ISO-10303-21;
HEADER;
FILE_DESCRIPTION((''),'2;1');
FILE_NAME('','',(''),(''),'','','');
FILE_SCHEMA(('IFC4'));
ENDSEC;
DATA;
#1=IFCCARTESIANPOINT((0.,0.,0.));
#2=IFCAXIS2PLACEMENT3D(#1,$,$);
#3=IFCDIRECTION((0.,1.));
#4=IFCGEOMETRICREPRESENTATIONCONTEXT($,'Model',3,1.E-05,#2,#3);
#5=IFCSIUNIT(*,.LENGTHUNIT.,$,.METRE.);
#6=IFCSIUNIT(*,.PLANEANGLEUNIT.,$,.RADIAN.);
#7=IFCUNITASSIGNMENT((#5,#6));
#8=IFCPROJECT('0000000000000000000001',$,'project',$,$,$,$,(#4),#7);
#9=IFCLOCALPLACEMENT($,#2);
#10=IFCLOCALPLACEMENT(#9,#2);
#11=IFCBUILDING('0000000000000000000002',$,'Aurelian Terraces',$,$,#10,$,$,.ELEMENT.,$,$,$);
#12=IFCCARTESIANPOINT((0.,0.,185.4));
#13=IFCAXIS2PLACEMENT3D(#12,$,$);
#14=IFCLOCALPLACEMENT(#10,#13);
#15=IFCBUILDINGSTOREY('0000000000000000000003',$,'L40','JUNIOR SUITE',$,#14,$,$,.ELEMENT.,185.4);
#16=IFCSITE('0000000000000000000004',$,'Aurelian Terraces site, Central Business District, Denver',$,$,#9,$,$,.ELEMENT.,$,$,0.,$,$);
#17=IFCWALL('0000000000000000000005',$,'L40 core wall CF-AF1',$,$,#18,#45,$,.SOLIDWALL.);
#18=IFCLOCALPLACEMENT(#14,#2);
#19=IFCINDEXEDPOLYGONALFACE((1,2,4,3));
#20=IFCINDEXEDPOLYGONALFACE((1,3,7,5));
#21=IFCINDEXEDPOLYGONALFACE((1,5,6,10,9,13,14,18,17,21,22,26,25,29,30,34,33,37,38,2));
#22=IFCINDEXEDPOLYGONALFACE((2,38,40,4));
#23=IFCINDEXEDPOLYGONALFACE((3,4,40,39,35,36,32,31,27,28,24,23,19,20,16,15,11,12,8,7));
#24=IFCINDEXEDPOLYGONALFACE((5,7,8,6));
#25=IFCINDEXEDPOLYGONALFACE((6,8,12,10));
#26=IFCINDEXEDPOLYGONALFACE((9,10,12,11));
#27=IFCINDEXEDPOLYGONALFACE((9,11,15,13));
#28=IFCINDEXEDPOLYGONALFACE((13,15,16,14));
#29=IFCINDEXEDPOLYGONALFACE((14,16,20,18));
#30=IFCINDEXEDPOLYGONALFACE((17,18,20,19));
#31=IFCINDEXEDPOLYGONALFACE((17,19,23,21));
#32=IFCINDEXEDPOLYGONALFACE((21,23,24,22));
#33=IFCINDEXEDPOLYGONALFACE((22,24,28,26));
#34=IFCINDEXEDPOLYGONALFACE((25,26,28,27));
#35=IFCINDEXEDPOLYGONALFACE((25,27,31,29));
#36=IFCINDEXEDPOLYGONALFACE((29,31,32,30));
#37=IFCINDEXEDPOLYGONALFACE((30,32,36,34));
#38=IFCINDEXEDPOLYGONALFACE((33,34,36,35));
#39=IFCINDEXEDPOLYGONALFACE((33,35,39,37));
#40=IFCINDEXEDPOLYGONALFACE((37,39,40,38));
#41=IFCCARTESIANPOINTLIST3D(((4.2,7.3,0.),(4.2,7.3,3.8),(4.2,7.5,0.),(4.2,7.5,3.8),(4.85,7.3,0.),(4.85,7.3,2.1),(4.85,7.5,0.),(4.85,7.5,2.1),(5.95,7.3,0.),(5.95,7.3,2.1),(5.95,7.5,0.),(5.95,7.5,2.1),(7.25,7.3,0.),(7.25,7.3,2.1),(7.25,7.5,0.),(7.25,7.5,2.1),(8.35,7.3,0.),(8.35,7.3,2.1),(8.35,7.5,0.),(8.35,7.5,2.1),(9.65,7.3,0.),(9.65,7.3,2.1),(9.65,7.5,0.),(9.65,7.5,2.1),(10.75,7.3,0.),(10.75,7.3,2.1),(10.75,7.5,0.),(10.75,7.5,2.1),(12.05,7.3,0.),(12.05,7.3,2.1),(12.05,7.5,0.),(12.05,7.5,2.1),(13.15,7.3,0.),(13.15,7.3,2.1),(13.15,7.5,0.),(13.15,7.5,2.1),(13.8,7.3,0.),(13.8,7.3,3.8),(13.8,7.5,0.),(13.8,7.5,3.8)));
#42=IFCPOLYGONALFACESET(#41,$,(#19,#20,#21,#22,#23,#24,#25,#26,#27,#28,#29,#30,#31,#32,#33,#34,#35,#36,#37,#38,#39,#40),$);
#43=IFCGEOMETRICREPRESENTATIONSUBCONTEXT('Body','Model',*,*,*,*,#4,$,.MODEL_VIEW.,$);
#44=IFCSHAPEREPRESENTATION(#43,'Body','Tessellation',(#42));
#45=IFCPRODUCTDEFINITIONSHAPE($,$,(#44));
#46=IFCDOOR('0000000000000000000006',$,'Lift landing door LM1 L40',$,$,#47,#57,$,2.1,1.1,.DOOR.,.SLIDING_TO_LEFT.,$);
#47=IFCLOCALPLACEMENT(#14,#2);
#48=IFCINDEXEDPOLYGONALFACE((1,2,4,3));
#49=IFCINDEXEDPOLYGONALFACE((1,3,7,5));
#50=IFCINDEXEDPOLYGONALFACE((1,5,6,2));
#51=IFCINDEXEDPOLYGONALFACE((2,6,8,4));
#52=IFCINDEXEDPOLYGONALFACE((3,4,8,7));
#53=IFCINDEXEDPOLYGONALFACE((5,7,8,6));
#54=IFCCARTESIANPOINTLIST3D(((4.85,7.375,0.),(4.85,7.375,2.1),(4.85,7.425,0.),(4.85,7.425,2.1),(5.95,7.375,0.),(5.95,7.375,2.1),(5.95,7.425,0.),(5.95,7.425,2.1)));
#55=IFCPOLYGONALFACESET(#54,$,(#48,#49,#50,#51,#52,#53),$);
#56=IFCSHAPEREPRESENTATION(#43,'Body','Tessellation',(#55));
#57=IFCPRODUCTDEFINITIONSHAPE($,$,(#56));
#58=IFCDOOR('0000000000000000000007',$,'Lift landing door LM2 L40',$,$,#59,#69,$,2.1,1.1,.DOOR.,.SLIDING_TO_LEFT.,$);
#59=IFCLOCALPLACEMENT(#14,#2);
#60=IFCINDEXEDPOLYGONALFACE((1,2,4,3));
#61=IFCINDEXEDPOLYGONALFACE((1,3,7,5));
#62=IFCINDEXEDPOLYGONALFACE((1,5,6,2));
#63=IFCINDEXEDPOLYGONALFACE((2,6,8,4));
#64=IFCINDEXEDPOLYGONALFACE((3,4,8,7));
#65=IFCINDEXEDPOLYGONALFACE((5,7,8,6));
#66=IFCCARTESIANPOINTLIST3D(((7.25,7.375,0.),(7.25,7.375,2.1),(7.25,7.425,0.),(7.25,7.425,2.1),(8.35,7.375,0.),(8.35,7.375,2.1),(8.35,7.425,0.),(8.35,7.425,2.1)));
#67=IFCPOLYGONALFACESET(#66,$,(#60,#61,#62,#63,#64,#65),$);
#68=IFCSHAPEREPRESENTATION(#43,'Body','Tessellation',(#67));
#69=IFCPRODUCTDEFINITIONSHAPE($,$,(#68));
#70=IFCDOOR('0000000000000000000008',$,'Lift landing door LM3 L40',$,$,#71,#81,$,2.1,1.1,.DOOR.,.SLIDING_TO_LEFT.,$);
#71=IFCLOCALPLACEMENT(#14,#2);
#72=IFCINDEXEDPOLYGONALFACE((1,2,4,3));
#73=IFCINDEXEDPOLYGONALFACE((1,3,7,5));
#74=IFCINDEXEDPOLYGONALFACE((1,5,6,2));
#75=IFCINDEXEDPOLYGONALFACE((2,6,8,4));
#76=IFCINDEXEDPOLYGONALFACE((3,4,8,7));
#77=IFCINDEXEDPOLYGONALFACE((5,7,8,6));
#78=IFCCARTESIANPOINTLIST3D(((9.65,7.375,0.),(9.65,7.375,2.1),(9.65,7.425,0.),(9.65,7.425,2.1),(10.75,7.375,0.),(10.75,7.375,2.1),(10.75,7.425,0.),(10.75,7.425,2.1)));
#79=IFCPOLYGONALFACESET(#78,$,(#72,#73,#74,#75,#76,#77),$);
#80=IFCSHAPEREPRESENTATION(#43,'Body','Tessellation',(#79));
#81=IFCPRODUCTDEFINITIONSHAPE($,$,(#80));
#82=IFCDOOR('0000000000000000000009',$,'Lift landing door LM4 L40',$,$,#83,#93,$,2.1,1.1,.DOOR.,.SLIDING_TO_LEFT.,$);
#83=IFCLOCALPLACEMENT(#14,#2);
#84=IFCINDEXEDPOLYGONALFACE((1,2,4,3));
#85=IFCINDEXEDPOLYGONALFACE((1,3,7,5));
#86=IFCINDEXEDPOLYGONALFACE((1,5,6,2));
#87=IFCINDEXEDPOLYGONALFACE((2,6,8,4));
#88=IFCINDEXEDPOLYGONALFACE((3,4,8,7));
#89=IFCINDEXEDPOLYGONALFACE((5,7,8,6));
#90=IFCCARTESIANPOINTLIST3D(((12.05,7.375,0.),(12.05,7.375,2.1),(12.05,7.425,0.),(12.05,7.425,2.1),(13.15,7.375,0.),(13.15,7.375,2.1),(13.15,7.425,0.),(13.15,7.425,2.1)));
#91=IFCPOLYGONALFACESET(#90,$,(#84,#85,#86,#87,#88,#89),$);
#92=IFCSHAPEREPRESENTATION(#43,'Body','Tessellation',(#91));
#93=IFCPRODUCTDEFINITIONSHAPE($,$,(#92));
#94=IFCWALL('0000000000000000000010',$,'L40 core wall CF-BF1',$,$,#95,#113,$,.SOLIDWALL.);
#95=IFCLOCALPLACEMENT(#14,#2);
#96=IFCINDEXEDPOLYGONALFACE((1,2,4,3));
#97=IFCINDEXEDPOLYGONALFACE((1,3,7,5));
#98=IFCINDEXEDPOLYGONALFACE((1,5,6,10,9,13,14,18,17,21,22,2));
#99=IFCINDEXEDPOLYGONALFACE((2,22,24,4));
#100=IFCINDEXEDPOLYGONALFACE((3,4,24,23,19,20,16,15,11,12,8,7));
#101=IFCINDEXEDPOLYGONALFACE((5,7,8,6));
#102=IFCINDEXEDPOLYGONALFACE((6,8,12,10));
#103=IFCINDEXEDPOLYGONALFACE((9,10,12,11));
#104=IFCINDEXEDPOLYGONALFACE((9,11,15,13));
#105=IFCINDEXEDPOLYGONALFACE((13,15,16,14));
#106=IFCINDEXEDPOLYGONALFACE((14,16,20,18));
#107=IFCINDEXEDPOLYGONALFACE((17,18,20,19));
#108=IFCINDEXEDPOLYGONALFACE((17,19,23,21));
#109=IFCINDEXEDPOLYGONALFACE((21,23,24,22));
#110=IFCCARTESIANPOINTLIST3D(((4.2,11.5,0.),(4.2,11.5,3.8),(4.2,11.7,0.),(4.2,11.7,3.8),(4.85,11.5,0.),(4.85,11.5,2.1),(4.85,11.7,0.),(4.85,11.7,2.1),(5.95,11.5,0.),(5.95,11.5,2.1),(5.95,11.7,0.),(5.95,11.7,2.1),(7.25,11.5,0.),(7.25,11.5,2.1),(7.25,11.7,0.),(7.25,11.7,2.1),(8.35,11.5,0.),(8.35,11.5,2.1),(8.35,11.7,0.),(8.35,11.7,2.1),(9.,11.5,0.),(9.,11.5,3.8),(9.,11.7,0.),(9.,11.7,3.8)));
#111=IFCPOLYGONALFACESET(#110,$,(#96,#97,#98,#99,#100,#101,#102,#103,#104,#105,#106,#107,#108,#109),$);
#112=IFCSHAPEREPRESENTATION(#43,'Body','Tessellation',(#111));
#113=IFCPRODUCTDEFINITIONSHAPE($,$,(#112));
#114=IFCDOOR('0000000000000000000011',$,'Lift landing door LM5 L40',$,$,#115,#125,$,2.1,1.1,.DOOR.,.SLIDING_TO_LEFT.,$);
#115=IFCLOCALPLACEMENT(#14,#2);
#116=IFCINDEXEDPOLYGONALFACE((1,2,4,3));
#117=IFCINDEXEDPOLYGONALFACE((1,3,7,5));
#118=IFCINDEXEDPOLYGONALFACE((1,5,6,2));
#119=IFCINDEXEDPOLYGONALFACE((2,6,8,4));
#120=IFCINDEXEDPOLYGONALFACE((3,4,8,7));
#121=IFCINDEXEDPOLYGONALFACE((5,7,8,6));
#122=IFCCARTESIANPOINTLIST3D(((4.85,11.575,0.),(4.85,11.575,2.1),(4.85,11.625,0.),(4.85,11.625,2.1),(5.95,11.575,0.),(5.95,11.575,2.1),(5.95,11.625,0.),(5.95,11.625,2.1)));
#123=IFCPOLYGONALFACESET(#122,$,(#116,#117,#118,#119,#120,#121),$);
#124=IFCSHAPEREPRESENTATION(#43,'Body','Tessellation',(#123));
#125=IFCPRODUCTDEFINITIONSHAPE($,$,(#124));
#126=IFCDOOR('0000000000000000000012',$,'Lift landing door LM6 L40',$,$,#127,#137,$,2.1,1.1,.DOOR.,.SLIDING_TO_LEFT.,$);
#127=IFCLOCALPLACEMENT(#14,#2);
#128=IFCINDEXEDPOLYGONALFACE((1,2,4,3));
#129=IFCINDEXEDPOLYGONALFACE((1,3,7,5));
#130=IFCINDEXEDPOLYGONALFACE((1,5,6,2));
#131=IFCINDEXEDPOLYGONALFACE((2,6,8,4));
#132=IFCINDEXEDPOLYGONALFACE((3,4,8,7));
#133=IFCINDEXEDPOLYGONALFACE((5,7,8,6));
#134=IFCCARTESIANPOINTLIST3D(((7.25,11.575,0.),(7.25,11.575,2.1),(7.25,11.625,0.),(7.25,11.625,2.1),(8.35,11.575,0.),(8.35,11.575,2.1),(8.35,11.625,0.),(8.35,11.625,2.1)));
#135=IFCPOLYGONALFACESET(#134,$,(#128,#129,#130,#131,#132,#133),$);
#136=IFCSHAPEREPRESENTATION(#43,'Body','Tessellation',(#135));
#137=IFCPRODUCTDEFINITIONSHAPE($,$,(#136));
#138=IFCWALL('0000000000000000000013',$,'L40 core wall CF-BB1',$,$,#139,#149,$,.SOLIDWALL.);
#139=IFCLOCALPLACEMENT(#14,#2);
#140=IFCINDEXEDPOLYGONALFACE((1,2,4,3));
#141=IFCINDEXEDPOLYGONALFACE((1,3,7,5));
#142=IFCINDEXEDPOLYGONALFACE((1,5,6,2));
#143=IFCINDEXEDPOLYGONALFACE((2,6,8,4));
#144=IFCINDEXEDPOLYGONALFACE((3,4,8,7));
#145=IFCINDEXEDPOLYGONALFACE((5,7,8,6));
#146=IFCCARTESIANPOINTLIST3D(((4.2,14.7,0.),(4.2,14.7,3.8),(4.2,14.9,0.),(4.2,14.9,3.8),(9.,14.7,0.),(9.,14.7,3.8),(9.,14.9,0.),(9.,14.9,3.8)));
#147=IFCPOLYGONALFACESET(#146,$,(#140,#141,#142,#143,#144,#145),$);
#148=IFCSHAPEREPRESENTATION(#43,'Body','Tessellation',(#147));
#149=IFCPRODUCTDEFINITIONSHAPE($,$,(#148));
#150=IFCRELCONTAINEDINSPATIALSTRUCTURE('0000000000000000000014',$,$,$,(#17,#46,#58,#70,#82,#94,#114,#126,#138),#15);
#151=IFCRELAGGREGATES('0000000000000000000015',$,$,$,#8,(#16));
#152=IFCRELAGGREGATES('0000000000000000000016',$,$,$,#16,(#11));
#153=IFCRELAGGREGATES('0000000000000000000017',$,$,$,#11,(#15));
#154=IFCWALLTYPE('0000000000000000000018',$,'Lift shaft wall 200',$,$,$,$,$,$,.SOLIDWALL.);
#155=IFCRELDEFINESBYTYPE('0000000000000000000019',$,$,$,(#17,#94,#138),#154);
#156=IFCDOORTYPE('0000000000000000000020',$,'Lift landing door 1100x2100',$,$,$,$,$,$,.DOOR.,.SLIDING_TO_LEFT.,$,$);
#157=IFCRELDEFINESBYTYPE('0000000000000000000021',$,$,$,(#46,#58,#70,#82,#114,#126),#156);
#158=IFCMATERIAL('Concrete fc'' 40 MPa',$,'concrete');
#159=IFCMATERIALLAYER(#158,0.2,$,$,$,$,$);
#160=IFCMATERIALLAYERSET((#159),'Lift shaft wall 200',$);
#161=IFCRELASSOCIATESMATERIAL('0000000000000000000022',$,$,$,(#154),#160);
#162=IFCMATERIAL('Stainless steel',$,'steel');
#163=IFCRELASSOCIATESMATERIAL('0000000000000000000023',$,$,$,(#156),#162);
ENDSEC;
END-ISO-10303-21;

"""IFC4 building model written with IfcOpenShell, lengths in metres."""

from ifc_helpers import new_model, si_unit, direction, frame, frame_2d, origin, place, context, subcontext, project, spatial, rectangle, extrude, source, transform, mapped, material, layer, layer_set, type_object, element, fill, save


model = new_model("IFC4")

# Units and contexts
model_context = context("Model", 3, precision=1e-05, world=origin(), true_north=direction((0.0, 1.0)))
body_context = subcontext(model_context, "Body", "Model", "MODEL_VIEW")
ifc_project = project(units=[si_unit("LENGTHUNIT", "METRE"), si_unit("PLANEANGLEUNIT", "RADIAN")], contexts=[model_context])

# Site, building, storey
site_placement = place(None, origin())
site = spatial("IfcSite", under=ifc_project, at=site_placement, Name="Aurelian Terraces site, Central Business District, Denver", CompositionType="ELEMENT", RefElevation=0.0)
building_placement = place(site_placement, origin())
building = spatial("IfcBuilding", under=site, at=building_placement, Name="Aurelian Terraces", CompositionType="ELEMENT")
storey_placement = place(building_placement, frame((0.0, 0.0, 185.4)))
storey = spatial("IfcBuildingStorey", under=building, at=storey_placement, Name="L40", Description="JUNIOR SUITE", CompositionType="ELEMENT", Elevation=185.4)

# Walls, openings, doors
ifc_material_1 = material(Name="Concrete fc' 40 MPa", Category="concrete")
ifc_layer_1 = layer(ifc_material_1, 0.2)
ifc_layer_set_1 = layer_set([ifc_layer_1], Name="Lift shaft wall 200")
wall_type_1 = type_object("IfcWallType", Name="Lift shaft wall 200", PredefinedType="SOLIDWALL", material=ifc_layer_set_1)
shared_shape_1 = source(origin(), body_context, "Body", "SweptSolid", [
    extrude(rectangle(XDim=9.6, YDim=0.2, at=frame_2d((4.8, 0.0))), origin(), (0.0, 0.0, 1.0), 3.8),
])
wall_1_placement = place(storey_placement, frame((4.2, 7.4, 0.0), z_axis=(0.0, 0.0, 1.0), x_axis=(1.0, 0.0, 0.0)))
wall_1 = element("IfcWall", 1, at=wall_1_placement, inside=storey, type_object=wall_type_1, Name="L40 core wall CF-AF1", PredefinedType="SOLIDWALL", context=body_context, shape_type="MappedRepresentation", body=[
    mapped(shared_shape_1, transform((0.0, 0.0, 0.0), scale=1.0)),
])
shared_shape_2 = source(origin(), body_context, "Body", "SweptSolid", [
    extrude(rectangle(XDim=1.1, YDim=2.1, at=frame_2d((0.55, 1.05))), frame((0.0, 0.11, 0.0), z_axis=(0.0, -1.0, 0.0), x_axis=(1.0, 0.0, 0.0)), (0.0, 0.0, 1.0), 0.22),
])
opening_1_placement = place(wall_1_placement, frame((0.65, 0.0, 0.0)))
opening_1 = element("IfcOpeningElement", 2, at=opening_1_placement, cuts=wall_1, PredefinedType="OPENING", context=body_context, shape_type="MappedRepresentation", body=[
    mapped(shared_shape_2, transform((0.0, 0.0, 0.0), scale=1.0)),
])
opening_2_placement = place(wall_1_placement, frame((3.05, 0.0, 0.0)))
opening_2 = element("IfcOpeningElement", 3, at=opening_2_placement, cuts=wall_1, PredefinedType="OPENING", context=body_context, shape_type="MappedRepresentation", body=[
    mapped(shared_shape_2, transform((0.0, 0.0, 0.0), scale=1.0)),
])
opening_3_placement = place(wall_1_placement, frame((5.45, 0.0, 0.0)))
opening_3 = element("IfcOpeningElement", 4, at=opening_3_placement, cuts=wall_1, PredefinedType="OPENING", context=body_context, shape_type="MappedRepresentation", body=[
    mapped(shared_shape_2, transform((0.0, 0.0, 0.0), scale=1.0)),
])
opening_4_placement = place(wall_1_placement, frame((7.85, 0.0, 0.0)))
opening_4 = element("IfcOpeningElement", 5, at=opening_4_placement, cuts=wall_1, PredefinedType="OPENING", context=body_context, shape_type="MappedRepresentation", body=[
    mapped(shared_shape_2, transform((0.0, 0.0, 0.0), scale=1.0)),
])
ifc_material_2 = material(Name="Stainless steel", Category="steel")
door_type_1 = type_object("IfcDoorType", Name="Lift landing door 1100x2100", OperationType="SLIDING_TO_LEFT", PredefinedType="DOOR", material=ifc_material_2)
shared_shape_3 = source(origin(), body_context, "Body", "SweptSolid", [
    extrude(rectangle(XDim=1.1, YDim=2.1, at=frame_2d((0.55, 1.05))), frame((0.0, 0.025, 0.0), z_axis=(0.0, -1.0, 0.0), x_axis=(1.0, 0.0, 0.0)), (0.0, 0.0, 1.0), 0.05),
])
door_1_placement = place(opening_1_placement, origin())
door_1 = element("IfcDoor", 6, at=door_1_placement, inside=storey, type_object=door_type_1, Name="Lift landing door LM1 L40", OperationType="SLIDING_TO_LEFT", OverallHeight=2.1, OverallWidth=1.1, PredefinedType="DOOR", context=body_context, shape_type="MappedRepresentation", body=[
    mapped(shared_shape_3, transform((0.0, 0.0, 0.0), scale=1.0)),
])
fill(opening_1, door_1)
door_2_placement = place(opening_2_placement, origin())
door_2 = element("IfcDoor", 7, at=door_2_placement, inside=storey, type_object=door_type_1, Name="Lift landing door LM2 L40", OperationType="SLIDING_TO_LEFT", OverallHeight=2.1, OverallWidth=1.1, PredefinedType="DOOR", context=body_context, shape_type="MappedRepresentation", body=[
    mapped(shared_shape_3, transform((0.0, 0.0, 0.0), scale=1.0)),
])
fill(opening_2, door_2)
door_3_placement = place(opening_3_placement, origin())
door_3 = element("IfcDoor", 8, at=door_3_placement, inside=storey, type_object=door_type_1, Name="Lift landing door LM3 L40", OperationType="SLIDING_TO_LEFT", OverallHeight=2.1, OverallWidth=1.1, PredefinedType="DOOR", context=body_context, shape_type="MappedRepresentation", body=[
    mapped(shared_shape_3, transform((0.0, 0.0, 0.0), scale=1.0)),
])
fill(opening_3, door_3)
door_4_placement = place(opening_4_placement, origin())
door_4 = element("IfcDoor", 9, at=door_4_placement, inside=storey, type_object=door_type_1, Name="Lift landing door LM4 L40", OperationType="SLIDING_TO_LEFT", OverallHeight=2.1, OverallWidth=1.1, PredefinedType="DOOR", context=body_context, shape_type="MappedRepresentation", body=[
    mapped(shared_shape_3, transform((0.0, 0.0, 0.0), scale=1.0)),
])
fill(opening_4, door_4)
shared_shape_4 = source(origin(), body_context, "Body", "SweptSolid", [
    extrude(rectangle(XDim=4.8, YDim=0.2, at=frame_2d((2.4, 0.0))), origin(), (0.0, 0.0, 1.0), 3.8),
])
wall_2_placement = place(storey_placement, frame((4.2, 11.6, 0.0), z_axis=(0.0, 0.0, 1.0), x_axis=(1.0, 0.0, 0.0)))
wall_2 = element("IfcWall", 10, at=wall_2_placement, inside=storey, type_object=wall_type_1, Name="L40 core wall CF-BF1", PredefinedType="SOLIDWALL", context=body_context, shape_type="MappedRepresentation", body=[
    mapped(shared_shape_4, transform((0.0, 0.0, 0.0), scale=1.0)),
])
opening_5_placement = place(wall_2_placement, frame((0.65, 0.0, 0.0)))
opening_5 = element("IfcOpeningElement", 11, at=opening_5_placement, cuts=wall_2, PredefinedType="OPENING", context=body_context, shape_type="MappedRepresentation", body=[
    mapped(shared_shape_2, transform((0.0, 0.0, 0.0), scale=1.0)),
])
opening_6_placement = place(wall_2_placement, frame((3.05, 0.0, 0.0)))
opening_6 = element("IfcOpeningElement", 12, at=opening_6_placement, cuts=wall_2, PredefinedType="OPENING", context=body_context, shape_type="MappedRepresentation", body=[
    mapped(shared_shape_2, transform((0.0, 0.0, 0.0), scale=1.0)),
])
door_5_placement = place(opening_5_placement, origin())
door_5 = element("IfcDoor", 13, at=door_5_placement, inside=storey, type_object=door_type_1, Name="Lift landing door LM5 L40", OperationType="SLIDING_TO_LEFT", OverallHeight=2.1, OverallWidth=1.1, PredefinedType="DOOR", context=body_context, shape_type="MappedRepresentation", body=[
    mapped(shared_shape_3, transform((0.0, 0.0, 0.0), scale=1.0)),
])
fill(opening_5, door_5)
door_6_placement = place(opening_6_placement, origin())
door_6 = element("IfcDoor", 14, at=door_6_placement, inside=storey, type_object=door_type_1, Name="Lift landing door LM6 L40", OperationType="SLIDING_TO_LEFT", OverallHeight=2.1, OverallWidth=1.1, PredefinedType="DOOR", context=body_context, shape_type="MappedRepresentation", body=[
    mapped(shared_shape_3, transform((0.0, 0.0, 0.0), scale=1.0)),
])
fill(opening_6, door_6)

# Wall
wall_3_placement = place(storey_placement, frame((4.2, 14.8, 0.0), z_axis=(0.0, 0.0, 1.0), x_axis=(1.0, 0.0, 0.0)))
element("IfcWall", 15, at=wall_3_placement, inside=storey, type_object=wall_type_1, Name="L40 core wall CF-BB1", PredefinedType="SOLIDWALL", context=body_context, shape_type="MappedRepresentation", body=[
    mapped(shared_shape_4, transform((0.0, 0.0, 0.0), scale=1.0)),
])

save(model, "model.ifc")
